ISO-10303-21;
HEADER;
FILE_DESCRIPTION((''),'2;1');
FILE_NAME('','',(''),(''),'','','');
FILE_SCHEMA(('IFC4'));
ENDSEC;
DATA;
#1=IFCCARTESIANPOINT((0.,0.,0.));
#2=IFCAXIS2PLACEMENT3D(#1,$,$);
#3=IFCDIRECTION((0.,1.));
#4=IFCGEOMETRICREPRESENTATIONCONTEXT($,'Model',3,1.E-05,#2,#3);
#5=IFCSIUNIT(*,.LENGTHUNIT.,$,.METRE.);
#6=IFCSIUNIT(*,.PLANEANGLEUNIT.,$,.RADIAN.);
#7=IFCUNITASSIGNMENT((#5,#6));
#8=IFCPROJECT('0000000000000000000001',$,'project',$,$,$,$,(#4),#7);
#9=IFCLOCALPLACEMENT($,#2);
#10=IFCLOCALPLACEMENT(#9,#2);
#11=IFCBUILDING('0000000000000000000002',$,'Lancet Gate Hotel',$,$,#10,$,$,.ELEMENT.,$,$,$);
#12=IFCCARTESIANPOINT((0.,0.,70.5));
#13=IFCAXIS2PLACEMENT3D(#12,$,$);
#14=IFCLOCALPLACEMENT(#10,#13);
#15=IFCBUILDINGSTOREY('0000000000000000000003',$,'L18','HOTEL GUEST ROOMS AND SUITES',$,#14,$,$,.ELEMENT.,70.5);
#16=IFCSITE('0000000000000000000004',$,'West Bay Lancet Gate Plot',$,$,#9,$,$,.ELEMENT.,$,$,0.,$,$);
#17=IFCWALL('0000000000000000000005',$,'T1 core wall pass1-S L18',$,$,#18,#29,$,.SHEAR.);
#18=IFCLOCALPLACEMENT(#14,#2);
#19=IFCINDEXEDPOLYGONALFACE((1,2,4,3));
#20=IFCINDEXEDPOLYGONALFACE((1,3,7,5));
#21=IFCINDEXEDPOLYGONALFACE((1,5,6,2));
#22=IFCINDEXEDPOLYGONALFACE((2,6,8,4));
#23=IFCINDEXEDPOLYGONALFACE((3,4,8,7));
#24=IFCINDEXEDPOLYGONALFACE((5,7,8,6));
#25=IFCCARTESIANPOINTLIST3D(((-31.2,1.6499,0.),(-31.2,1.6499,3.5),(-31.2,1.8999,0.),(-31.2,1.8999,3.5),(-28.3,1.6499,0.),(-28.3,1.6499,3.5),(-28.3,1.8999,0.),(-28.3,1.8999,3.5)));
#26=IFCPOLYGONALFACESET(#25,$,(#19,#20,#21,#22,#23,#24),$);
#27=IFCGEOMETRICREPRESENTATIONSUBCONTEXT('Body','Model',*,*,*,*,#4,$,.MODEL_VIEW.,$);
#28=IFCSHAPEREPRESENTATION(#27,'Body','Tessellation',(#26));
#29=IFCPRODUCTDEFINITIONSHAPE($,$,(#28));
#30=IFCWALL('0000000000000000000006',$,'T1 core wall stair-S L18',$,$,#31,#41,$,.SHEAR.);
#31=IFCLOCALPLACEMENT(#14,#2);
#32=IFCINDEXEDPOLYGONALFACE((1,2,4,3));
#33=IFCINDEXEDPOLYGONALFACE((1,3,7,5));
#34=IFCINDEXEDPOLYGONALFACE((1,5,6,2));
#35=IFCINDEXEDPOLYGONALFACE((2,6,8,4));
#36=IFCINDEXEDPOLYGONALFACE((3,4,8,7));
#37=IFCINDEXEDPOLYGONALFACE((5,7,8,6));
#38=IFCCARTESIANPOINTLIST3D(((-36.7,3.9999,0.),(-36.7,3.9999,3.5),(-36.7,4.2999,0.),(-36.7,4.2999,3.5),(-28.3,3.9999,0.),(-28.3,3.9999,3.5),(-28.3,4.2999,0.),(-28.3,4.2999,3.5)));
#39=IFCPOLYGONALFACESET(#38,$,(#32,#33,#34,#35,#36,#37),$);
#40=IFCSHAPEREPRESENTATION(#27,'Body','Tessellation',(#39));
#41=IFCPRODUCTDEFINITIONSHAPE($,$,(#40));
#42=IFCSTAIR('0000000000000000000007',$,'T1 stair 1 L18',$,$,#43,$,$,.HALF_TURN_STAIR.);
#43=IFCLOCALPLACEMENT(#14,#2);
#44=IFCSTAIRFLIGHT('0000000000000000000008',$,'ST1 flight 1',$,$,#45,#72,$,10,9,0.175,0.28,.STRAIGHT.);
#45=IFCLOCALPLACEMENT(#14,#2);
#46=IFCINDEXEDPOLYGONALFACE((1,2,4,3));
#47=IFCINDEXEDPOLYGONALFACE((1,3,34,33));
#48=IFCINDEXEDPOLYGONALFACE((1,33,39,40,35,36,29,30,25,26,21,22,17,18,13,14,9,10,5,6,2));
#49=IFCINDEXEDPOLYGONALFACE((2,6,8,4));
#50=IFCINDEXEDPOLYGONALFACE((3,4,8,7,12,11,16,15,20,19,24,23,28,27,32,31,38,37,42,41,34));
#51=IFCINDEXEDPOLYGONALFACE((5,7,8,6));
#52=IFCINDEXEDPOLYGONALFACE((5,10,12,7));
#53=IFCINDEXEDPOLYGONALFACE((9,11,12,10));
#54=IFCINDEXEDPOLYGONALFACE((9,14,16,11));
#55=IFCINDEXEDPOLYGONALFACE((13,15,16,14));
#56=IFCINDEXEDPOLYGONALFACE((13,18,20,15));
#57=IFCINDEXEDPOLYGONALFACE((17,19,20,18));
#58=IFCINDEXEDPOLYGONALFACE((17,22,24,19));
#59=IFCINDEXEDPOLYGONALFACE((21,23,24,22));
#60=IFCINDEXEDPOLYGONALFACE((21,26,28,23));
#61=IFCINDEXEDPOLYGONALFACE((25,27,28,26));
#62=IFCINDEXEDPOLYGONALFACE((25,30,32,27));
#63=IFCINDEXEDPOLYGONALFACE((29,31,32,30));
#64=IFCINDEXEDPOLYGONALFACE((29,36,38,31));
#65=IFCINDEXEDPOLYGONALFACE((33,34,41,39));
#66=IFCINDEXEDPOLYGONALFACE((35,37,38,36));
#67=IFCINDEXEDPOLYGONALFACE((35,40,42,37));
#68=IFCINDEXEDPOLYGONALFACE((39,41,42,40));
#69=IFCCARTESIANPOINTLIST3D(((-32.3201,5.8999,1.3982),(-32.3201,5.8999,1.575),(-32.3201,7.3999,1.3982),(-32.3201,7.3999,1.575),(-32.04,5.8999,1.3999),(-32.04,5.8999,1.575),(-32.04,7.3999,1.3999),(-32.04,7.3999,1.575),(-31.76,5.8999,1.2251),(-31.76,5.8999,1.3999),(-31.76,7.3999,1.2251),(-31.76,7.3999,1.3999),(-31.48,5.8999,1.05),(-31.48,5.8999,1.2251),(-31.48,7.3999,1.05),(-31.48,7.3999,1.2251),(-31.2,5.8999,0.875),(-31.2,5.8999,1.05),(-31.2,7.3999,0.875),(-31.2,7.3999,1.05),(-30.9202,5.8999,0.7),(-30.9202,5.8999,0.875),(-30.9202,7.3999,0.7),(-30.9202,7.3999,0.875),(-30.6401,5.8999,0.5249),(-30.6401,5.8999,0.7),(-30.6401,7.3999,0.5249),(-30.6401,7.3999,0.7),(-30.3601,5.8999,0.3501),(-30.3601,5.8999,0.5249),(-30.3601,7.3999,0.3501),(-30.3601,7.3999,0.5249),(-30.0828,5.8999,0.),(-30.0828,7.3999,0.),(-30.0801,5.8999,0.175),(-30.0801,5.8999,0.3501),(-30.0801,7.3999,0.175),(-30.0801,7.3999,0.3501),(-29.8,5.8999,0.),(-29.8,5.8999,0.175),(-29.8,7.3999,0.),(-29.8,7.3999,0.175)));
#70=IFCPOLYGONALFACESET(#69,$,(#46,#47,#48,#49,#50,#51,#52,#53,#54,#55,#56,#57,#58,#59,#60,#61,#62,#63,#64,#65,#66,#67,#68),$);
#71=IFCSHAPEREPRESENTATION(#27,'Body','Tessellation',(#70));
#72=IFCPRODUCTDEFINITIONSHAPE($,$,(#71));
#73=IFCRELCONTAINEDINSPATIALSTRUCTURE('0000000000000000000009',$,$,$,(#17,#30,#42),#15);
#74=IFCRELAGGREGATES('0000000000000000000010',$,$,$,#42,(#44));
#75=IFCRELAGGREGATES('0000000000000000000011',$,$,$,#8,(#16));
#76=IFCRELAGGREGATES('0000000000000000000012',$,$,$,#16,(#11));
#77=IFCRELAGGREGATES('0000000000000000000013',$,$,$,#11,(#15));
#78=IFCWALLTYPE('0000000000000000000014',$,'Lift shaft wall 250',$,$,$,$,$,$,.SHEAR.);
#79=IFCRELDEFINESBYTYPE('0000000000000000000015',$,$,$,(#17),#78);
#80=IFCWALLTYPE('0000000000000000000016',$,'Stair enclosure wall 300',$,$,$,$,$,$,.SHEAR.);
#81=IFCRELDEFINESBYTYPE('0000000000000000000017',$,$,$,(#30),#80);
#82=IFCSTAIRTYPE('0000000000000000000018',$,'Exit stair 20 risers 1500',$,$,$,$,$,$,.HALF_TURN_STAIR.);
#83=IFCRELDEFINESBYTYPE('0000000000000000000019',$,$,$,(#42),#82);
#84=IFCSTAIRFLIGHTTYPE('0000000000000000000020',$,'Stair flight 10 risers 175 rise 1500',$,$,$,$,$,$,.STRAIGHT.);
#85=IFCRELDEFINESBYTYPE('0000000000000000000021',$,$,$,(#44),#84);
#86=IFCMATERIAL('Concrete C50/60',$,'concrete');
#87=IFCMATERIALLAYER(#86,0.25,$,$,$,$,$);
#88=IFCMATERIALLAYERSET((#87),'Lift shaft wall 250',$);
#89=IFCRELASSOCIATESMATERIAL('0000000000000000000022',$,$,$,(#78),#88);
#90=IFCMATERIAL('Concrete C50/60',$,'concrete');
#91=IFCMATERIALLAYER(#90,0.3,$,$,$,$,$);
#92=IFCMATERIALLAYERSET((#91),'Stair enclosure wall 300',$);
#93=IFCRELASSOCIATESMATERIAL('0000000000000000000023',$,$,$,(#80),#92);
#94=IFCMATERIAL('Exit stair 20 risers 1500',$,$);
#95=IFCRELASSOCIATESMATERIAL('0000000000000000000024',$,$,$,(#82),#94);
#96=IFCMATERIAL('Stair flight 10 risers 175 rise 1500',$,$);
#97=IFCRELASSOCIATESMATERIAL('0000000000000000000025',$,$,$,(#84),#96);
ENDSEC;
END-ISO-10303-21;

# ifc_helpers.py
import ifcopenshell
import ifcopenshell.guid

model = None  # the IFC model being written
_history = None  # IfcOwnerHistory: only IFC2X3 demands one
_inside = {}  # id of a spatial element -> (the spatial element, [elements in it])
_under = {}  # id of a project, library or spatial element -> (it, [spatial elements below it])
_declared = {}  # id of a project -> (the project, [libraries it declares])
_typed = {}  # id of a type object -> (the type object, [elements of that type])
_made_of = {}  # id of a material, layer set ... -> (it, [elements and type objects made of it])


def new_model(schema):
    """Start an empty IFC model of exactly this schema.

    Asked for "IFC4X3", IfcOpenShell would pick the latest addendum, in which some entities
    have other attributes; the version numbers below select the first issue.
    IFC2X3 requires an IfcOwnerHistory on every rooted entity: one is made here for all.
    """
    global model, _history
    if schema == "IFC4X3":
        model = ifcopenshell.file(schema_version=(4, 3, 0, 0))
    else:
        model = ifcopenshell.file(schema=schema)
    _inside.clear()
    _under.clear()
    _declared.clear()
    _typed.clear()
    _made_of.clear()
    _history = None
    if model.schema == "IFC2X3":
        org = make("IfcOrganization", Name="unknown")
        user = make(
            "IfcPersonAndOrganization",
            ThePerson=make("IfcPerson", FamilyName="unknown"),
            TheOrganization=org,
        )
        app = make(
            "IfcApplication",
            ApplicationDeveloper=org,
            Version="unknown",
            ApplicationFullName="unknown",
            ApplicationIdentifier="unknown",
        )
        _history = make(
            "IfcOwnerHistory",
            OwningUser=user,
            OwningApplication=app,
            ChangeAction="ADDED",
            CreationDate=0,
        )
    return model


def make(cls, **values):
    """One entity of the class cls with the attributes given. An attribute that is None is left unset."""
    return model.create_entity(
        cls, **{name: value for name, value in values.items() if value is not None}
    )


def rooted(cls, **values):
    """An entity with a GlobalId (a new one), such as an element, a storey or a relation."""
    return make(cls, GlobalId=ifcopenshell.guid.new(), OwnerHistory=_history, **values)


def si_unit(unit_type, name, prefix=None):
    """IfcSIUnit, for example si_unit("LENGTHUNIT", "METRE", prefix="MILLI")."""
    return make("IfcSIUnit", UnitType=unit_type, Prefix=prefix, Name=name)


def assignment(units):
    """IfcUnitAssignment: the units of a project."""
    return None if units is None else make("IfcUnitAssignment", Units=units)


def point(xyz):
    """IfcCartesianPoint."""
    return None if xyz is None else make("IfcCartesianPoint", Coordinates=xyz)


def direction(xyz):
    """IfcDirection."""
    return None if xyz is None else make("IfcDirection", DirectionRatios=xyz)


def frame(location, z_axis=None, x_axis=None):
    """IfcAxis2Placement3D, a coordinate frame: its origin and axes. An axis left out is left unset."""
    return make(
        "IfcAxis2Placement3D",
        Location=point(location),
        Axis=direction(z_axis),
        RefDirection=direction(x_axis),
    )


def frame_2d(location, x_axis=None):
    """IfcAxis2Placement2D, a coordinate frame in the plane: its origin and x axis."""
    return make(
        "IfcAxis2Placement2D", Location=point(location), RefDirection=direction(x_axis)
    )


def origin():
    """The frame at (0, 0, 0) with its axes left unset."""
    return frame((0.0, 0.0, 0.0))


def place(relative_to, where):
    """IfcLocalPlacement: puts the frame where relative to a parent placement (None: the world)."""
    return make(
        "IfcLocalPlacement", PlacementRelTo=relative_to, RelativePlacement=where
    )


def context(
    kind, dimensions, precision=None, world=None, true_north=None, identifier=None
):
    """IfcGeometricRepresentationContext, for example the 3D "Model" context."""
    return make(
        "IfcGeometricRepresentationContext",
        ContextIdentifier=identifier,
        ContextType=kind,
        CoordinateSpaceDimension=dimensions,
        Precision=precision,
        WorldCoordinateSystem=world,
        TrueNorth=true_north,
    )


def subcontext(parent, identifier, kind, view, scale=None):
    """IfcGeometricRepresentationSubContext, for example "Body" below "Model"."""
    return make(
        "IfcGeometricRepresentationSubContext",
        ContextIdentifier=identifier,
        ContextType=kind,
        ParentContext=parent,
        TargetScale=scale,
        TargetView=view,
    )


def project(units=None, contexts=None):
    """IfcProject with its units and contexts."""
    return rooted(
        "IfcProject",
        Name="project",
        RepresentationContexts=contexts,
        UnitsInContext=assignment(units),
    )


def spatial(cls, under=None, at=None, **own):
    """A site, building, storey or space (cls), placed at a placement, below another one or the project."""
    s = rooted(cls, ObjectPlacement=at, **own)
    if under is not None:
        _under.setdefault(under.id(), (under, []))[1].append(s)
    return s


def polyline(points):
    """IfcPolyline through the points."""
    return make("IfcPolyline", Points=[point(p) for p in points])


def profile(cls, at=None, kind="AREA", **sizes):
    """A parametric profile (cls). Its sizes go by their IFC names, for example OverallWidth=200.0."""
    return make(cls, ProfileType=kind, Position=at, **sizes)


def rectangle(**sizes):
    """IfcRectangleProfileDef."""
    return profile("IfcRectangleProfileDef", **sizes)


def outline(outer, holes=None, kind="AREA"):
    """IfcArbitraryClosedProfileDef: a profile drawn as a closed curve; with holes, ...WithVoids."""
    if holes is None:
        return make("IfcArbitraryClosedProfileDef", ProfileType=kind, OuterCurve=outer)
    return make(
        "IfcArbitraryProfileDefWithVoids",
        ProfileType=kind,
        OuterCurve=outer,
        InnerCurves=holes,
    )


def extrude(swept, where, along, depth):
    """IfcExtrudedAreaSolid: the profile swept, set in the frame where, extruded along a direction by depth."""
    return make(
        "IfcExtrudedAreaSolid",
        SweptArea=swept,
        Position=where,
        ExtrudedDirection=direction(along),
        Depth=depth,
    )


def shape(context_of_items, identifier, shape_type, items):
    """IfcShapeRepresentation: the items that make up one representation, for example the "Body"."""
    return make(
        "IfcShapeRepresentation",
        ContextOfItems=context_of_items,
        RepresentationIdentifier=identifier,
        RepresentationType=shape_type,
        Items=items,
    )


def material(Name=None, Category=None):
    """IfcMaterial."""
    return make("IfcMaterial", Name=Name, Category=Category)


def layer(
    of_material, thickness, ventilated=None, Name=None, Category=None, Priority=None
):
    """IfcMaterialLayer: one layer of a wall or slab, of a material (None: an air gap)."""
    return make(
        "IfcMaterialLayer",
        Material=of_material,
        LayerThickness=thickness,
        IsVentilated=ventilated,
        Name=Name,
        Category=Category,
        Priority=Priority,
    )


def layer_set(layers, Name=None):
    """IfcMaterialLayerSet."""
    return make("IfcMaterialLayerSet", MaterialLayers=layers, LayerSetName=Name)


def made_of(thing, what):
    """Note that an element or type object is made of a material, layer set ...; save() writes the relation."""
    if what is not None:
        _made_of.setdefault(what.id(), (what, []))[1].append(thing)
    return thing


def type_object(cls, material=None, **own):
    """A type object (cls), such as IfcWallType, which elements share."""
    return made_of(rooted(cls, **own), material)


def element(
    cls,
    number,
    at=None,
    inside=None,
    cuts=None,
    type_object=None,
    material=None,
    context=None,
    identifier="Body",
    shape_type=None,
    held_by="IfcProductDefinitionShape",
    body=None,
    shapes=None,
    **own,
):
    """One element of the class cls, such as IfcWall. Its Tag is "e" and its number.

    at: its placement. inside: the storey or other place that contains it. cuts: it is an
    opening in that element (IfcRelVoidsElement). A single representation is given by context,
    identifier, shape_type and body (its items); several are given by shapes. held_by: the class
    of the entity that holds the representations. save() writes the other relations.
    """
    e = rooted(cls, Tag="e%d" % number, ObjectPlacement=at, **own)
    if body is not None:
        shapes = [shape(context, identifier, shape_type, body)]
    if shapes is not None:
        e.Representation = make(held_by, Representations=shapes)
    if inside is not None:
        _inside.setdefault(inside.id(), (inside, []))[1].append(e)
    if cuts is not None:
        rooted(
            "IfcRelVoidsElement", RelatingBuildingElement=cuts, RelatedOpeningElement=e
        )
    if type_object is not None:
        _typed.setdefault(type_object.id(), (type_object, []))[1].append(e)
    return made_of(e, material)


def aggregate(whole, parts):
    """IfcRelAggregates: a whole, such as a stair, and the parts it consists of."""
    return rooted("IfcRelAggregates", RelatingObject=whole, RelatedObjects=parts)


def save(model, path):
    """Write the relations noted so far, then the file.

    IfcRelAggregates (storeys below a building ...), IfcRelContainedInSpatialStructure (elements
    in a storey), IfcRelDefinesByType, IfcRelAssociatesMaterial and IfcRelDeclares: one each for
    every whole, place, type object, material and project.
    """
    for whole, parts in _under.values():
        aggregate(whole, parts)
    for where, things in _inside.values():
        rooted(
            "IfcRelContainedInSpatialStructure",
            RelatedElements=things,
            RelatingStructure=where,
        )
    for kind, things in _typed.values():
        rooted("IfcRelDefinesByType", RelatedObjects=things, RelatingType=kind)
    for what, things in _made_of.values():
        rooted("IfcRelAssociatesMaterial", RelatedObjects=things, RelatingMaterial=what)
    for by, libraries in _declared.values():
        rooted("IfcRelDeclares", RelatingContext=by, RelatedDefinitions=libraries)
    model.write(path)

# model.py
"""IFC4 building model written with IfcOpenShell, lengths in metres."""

from ifc_helpers import new_model, si_unit, direction, frame, frame_2d, origin, place, context, subcontext, project, spatial, polyline, rectangle, outline, extrude, material, layer, layer_set, type_object, element, aggregate, save


model = new_model("IFC4")

# Units and contexts
model_context = context("Model", 3, precision=1e-05, world=origin(), true_north=direction((0.0, 1.0)))
body_context = subcontext(model_context, "Body", "Model", "MODEL_VIEW")
ifc_project = project(units=[si_unit("LENGTHUNIT", "METRE"), si_unit("PLANEANGLEUNIT", "RADIAN")], contexts=[model_context])

# Site, building, storey
site_placement = place(None, origin())
site = spatial("IfcSite", under=ifc_project, at=site_placement, Name="West Bay Lancet Gate Plot", CompositionType="ELEMENT", RefElevation=0.0)
building_placement = place(site_placement, origin())
building = spatial("IfcBuilding", under=site, at=building_placement, Name="Lancet Gate Hotel", CompositionType="ELEMENT")
storey_placement = place(building_placement, frame((0.0, 0.0, 70.5)))
storey = spatial("IfcBuildingStorey", under=building, at=storey_placement, Name="L18", Description="HOTEL GUEST ROOMS AND SUITES", CompositionType="ELEMENT", Elevation=70.5)

# Walls
ifc_material_1 = material(Name="Concrete C50/60", Category="concrete")
ifc_layer_1 = layer(ifc_material_1, 0.25)
ifc_layer_set_1 = layer_set([ifc_layer_1], Name="Lift shaft wall 250")
wall_type_1 = type_object("IfcWallType", Name="Lift shaft wall 250", PredefinedType="SHEAR", material=ifc_layer_set_1)
wall_1_placement = place(storey_placement, frame((-28.3, 1.7749, 0.0), z_axis=(0.0, 0.0, 1.0), x_axis=(-1.0, 0.0, 0.0)))
element("IfcWall", 1, at=wall_1_placement, inside=storey, type_object=wall_type_1, Name="T1 core wall pass1-S L18", PredefinedType="SHEAR", context=body_context, shape_type="SweptSolid", body=[
    extrude(rectangle(XDim=2.8999, YDim=0.25, at=frame_2d((1.45, 0.0))), origin(), (0.0, 0.0, 1.0), 3.5),
])
ifc_material_2 = material(Name="Concrete C50/60", Category="concrete")
ifc_layer_2 = layer(ifc_material_2, 0.3)
ifc_layer_set_2 = layer_set([ifc_layer_2], Name="Stair enclosure wall 300")
wall_type_2 = type_object("IfcWallType", Name="Stair enclosure wall 300", PredefinedType="SHEAR", material=ifc_layer_set_2)
wall_2_placement = place(storey_placement, frame((-28.3, 4.1499, 0.0), z_axis=(0.0, 0.0, 1.0), x_axis=(-1.0, 0.0, 0.0)))
element("IfcWall", 2, at=wall_2_placement, inside=storey, type_object=wall_type_2, Name="T1 core wall stair-S L18", PredefinedType="SHEAR", context=body_context, shape_type="SweptSolid", body=[
    extrude(rectangle(XDim=8.3999, YDim=0.3, at=frame_2d((4.2, 0.0))), origin(), (0.0, 0.0, 1.0), 3.5),
])

# Stair, stair flight
ifc_material_3 = material(Name="Exit stair 20 risers 1500")
stair_type = type_object("IfcStairType", Name="Exit stair 20 risers 1500", PredefinedType="HALF_TURN_STAIR", material=ifc_material_3)
stair_placement = place(storey_placement, origin())
stair = element("IfcStair", 3, at=stair_placement, inside=storey, type_object=stair_type, Name="T1 stair 1 L18", PredefinedType="HALF_TURN_STAIR")
ifc_material_4 = material(Name="Stair flight 10 risers 175 rise 1500")
stair_flight_type = type_object("IfcStairFlightType", Name="Stair flight 10 risers 175 rise 1500", PredefinedType="STRAIGHT", material=ifc_material_4)
stair_flight_placement = place(storey_placement, frame((-29.8, 6.6499, 0.0), z_axis=(0.0, 0.0, 1.0), x_axis=(-1.0, 0.0, 0.0)))
stair_flight = element("IfcStairFlight", 4, at=stair_flight_placement, type_object=stair_flight_type, Name="ST1 flight 1", NumberOfRisers=10, NumberOfTreads=9, PredefinedType="STRAIGHT", RiserHeight=0.175, TreadLength=0.28, context=body_context, shape_type="SweptSolid", body=[
    extrude(outline(polyline([(0.0, 0.0), (0.0, 0.175), (0.28, 0.175), (0.28, 0.3501), (0.5601, 0.3501), (0.5601, 0.5249), (0.8401, 0.5249), (0.8401, 0.7), (1.1201, 0.7), (1.1201, 0.875), (1.3999, 0.875), (1.3999, 1.05), (1.6799, 1.05), (1.6799, 1.2251), (1.96, 1.2251), (1.96, 1.3999), (2.24, 1.3999), (2.24, 1.575), (2.52, 1.575), (2.52, 1.75), (2.52, 1.3982), (0.2827, 0.0), (0.0, 0.0)])), frame((0.0, 0.75, 0.0), z_axis=(0.0, -1.0, 0.0), x_axis=(1.0, 0.0, 0.0)), (0.0, 0.0, 1.0), 1.5),
])
aggregate(stair, [stair_flight])

save(model, "model.ifc")
